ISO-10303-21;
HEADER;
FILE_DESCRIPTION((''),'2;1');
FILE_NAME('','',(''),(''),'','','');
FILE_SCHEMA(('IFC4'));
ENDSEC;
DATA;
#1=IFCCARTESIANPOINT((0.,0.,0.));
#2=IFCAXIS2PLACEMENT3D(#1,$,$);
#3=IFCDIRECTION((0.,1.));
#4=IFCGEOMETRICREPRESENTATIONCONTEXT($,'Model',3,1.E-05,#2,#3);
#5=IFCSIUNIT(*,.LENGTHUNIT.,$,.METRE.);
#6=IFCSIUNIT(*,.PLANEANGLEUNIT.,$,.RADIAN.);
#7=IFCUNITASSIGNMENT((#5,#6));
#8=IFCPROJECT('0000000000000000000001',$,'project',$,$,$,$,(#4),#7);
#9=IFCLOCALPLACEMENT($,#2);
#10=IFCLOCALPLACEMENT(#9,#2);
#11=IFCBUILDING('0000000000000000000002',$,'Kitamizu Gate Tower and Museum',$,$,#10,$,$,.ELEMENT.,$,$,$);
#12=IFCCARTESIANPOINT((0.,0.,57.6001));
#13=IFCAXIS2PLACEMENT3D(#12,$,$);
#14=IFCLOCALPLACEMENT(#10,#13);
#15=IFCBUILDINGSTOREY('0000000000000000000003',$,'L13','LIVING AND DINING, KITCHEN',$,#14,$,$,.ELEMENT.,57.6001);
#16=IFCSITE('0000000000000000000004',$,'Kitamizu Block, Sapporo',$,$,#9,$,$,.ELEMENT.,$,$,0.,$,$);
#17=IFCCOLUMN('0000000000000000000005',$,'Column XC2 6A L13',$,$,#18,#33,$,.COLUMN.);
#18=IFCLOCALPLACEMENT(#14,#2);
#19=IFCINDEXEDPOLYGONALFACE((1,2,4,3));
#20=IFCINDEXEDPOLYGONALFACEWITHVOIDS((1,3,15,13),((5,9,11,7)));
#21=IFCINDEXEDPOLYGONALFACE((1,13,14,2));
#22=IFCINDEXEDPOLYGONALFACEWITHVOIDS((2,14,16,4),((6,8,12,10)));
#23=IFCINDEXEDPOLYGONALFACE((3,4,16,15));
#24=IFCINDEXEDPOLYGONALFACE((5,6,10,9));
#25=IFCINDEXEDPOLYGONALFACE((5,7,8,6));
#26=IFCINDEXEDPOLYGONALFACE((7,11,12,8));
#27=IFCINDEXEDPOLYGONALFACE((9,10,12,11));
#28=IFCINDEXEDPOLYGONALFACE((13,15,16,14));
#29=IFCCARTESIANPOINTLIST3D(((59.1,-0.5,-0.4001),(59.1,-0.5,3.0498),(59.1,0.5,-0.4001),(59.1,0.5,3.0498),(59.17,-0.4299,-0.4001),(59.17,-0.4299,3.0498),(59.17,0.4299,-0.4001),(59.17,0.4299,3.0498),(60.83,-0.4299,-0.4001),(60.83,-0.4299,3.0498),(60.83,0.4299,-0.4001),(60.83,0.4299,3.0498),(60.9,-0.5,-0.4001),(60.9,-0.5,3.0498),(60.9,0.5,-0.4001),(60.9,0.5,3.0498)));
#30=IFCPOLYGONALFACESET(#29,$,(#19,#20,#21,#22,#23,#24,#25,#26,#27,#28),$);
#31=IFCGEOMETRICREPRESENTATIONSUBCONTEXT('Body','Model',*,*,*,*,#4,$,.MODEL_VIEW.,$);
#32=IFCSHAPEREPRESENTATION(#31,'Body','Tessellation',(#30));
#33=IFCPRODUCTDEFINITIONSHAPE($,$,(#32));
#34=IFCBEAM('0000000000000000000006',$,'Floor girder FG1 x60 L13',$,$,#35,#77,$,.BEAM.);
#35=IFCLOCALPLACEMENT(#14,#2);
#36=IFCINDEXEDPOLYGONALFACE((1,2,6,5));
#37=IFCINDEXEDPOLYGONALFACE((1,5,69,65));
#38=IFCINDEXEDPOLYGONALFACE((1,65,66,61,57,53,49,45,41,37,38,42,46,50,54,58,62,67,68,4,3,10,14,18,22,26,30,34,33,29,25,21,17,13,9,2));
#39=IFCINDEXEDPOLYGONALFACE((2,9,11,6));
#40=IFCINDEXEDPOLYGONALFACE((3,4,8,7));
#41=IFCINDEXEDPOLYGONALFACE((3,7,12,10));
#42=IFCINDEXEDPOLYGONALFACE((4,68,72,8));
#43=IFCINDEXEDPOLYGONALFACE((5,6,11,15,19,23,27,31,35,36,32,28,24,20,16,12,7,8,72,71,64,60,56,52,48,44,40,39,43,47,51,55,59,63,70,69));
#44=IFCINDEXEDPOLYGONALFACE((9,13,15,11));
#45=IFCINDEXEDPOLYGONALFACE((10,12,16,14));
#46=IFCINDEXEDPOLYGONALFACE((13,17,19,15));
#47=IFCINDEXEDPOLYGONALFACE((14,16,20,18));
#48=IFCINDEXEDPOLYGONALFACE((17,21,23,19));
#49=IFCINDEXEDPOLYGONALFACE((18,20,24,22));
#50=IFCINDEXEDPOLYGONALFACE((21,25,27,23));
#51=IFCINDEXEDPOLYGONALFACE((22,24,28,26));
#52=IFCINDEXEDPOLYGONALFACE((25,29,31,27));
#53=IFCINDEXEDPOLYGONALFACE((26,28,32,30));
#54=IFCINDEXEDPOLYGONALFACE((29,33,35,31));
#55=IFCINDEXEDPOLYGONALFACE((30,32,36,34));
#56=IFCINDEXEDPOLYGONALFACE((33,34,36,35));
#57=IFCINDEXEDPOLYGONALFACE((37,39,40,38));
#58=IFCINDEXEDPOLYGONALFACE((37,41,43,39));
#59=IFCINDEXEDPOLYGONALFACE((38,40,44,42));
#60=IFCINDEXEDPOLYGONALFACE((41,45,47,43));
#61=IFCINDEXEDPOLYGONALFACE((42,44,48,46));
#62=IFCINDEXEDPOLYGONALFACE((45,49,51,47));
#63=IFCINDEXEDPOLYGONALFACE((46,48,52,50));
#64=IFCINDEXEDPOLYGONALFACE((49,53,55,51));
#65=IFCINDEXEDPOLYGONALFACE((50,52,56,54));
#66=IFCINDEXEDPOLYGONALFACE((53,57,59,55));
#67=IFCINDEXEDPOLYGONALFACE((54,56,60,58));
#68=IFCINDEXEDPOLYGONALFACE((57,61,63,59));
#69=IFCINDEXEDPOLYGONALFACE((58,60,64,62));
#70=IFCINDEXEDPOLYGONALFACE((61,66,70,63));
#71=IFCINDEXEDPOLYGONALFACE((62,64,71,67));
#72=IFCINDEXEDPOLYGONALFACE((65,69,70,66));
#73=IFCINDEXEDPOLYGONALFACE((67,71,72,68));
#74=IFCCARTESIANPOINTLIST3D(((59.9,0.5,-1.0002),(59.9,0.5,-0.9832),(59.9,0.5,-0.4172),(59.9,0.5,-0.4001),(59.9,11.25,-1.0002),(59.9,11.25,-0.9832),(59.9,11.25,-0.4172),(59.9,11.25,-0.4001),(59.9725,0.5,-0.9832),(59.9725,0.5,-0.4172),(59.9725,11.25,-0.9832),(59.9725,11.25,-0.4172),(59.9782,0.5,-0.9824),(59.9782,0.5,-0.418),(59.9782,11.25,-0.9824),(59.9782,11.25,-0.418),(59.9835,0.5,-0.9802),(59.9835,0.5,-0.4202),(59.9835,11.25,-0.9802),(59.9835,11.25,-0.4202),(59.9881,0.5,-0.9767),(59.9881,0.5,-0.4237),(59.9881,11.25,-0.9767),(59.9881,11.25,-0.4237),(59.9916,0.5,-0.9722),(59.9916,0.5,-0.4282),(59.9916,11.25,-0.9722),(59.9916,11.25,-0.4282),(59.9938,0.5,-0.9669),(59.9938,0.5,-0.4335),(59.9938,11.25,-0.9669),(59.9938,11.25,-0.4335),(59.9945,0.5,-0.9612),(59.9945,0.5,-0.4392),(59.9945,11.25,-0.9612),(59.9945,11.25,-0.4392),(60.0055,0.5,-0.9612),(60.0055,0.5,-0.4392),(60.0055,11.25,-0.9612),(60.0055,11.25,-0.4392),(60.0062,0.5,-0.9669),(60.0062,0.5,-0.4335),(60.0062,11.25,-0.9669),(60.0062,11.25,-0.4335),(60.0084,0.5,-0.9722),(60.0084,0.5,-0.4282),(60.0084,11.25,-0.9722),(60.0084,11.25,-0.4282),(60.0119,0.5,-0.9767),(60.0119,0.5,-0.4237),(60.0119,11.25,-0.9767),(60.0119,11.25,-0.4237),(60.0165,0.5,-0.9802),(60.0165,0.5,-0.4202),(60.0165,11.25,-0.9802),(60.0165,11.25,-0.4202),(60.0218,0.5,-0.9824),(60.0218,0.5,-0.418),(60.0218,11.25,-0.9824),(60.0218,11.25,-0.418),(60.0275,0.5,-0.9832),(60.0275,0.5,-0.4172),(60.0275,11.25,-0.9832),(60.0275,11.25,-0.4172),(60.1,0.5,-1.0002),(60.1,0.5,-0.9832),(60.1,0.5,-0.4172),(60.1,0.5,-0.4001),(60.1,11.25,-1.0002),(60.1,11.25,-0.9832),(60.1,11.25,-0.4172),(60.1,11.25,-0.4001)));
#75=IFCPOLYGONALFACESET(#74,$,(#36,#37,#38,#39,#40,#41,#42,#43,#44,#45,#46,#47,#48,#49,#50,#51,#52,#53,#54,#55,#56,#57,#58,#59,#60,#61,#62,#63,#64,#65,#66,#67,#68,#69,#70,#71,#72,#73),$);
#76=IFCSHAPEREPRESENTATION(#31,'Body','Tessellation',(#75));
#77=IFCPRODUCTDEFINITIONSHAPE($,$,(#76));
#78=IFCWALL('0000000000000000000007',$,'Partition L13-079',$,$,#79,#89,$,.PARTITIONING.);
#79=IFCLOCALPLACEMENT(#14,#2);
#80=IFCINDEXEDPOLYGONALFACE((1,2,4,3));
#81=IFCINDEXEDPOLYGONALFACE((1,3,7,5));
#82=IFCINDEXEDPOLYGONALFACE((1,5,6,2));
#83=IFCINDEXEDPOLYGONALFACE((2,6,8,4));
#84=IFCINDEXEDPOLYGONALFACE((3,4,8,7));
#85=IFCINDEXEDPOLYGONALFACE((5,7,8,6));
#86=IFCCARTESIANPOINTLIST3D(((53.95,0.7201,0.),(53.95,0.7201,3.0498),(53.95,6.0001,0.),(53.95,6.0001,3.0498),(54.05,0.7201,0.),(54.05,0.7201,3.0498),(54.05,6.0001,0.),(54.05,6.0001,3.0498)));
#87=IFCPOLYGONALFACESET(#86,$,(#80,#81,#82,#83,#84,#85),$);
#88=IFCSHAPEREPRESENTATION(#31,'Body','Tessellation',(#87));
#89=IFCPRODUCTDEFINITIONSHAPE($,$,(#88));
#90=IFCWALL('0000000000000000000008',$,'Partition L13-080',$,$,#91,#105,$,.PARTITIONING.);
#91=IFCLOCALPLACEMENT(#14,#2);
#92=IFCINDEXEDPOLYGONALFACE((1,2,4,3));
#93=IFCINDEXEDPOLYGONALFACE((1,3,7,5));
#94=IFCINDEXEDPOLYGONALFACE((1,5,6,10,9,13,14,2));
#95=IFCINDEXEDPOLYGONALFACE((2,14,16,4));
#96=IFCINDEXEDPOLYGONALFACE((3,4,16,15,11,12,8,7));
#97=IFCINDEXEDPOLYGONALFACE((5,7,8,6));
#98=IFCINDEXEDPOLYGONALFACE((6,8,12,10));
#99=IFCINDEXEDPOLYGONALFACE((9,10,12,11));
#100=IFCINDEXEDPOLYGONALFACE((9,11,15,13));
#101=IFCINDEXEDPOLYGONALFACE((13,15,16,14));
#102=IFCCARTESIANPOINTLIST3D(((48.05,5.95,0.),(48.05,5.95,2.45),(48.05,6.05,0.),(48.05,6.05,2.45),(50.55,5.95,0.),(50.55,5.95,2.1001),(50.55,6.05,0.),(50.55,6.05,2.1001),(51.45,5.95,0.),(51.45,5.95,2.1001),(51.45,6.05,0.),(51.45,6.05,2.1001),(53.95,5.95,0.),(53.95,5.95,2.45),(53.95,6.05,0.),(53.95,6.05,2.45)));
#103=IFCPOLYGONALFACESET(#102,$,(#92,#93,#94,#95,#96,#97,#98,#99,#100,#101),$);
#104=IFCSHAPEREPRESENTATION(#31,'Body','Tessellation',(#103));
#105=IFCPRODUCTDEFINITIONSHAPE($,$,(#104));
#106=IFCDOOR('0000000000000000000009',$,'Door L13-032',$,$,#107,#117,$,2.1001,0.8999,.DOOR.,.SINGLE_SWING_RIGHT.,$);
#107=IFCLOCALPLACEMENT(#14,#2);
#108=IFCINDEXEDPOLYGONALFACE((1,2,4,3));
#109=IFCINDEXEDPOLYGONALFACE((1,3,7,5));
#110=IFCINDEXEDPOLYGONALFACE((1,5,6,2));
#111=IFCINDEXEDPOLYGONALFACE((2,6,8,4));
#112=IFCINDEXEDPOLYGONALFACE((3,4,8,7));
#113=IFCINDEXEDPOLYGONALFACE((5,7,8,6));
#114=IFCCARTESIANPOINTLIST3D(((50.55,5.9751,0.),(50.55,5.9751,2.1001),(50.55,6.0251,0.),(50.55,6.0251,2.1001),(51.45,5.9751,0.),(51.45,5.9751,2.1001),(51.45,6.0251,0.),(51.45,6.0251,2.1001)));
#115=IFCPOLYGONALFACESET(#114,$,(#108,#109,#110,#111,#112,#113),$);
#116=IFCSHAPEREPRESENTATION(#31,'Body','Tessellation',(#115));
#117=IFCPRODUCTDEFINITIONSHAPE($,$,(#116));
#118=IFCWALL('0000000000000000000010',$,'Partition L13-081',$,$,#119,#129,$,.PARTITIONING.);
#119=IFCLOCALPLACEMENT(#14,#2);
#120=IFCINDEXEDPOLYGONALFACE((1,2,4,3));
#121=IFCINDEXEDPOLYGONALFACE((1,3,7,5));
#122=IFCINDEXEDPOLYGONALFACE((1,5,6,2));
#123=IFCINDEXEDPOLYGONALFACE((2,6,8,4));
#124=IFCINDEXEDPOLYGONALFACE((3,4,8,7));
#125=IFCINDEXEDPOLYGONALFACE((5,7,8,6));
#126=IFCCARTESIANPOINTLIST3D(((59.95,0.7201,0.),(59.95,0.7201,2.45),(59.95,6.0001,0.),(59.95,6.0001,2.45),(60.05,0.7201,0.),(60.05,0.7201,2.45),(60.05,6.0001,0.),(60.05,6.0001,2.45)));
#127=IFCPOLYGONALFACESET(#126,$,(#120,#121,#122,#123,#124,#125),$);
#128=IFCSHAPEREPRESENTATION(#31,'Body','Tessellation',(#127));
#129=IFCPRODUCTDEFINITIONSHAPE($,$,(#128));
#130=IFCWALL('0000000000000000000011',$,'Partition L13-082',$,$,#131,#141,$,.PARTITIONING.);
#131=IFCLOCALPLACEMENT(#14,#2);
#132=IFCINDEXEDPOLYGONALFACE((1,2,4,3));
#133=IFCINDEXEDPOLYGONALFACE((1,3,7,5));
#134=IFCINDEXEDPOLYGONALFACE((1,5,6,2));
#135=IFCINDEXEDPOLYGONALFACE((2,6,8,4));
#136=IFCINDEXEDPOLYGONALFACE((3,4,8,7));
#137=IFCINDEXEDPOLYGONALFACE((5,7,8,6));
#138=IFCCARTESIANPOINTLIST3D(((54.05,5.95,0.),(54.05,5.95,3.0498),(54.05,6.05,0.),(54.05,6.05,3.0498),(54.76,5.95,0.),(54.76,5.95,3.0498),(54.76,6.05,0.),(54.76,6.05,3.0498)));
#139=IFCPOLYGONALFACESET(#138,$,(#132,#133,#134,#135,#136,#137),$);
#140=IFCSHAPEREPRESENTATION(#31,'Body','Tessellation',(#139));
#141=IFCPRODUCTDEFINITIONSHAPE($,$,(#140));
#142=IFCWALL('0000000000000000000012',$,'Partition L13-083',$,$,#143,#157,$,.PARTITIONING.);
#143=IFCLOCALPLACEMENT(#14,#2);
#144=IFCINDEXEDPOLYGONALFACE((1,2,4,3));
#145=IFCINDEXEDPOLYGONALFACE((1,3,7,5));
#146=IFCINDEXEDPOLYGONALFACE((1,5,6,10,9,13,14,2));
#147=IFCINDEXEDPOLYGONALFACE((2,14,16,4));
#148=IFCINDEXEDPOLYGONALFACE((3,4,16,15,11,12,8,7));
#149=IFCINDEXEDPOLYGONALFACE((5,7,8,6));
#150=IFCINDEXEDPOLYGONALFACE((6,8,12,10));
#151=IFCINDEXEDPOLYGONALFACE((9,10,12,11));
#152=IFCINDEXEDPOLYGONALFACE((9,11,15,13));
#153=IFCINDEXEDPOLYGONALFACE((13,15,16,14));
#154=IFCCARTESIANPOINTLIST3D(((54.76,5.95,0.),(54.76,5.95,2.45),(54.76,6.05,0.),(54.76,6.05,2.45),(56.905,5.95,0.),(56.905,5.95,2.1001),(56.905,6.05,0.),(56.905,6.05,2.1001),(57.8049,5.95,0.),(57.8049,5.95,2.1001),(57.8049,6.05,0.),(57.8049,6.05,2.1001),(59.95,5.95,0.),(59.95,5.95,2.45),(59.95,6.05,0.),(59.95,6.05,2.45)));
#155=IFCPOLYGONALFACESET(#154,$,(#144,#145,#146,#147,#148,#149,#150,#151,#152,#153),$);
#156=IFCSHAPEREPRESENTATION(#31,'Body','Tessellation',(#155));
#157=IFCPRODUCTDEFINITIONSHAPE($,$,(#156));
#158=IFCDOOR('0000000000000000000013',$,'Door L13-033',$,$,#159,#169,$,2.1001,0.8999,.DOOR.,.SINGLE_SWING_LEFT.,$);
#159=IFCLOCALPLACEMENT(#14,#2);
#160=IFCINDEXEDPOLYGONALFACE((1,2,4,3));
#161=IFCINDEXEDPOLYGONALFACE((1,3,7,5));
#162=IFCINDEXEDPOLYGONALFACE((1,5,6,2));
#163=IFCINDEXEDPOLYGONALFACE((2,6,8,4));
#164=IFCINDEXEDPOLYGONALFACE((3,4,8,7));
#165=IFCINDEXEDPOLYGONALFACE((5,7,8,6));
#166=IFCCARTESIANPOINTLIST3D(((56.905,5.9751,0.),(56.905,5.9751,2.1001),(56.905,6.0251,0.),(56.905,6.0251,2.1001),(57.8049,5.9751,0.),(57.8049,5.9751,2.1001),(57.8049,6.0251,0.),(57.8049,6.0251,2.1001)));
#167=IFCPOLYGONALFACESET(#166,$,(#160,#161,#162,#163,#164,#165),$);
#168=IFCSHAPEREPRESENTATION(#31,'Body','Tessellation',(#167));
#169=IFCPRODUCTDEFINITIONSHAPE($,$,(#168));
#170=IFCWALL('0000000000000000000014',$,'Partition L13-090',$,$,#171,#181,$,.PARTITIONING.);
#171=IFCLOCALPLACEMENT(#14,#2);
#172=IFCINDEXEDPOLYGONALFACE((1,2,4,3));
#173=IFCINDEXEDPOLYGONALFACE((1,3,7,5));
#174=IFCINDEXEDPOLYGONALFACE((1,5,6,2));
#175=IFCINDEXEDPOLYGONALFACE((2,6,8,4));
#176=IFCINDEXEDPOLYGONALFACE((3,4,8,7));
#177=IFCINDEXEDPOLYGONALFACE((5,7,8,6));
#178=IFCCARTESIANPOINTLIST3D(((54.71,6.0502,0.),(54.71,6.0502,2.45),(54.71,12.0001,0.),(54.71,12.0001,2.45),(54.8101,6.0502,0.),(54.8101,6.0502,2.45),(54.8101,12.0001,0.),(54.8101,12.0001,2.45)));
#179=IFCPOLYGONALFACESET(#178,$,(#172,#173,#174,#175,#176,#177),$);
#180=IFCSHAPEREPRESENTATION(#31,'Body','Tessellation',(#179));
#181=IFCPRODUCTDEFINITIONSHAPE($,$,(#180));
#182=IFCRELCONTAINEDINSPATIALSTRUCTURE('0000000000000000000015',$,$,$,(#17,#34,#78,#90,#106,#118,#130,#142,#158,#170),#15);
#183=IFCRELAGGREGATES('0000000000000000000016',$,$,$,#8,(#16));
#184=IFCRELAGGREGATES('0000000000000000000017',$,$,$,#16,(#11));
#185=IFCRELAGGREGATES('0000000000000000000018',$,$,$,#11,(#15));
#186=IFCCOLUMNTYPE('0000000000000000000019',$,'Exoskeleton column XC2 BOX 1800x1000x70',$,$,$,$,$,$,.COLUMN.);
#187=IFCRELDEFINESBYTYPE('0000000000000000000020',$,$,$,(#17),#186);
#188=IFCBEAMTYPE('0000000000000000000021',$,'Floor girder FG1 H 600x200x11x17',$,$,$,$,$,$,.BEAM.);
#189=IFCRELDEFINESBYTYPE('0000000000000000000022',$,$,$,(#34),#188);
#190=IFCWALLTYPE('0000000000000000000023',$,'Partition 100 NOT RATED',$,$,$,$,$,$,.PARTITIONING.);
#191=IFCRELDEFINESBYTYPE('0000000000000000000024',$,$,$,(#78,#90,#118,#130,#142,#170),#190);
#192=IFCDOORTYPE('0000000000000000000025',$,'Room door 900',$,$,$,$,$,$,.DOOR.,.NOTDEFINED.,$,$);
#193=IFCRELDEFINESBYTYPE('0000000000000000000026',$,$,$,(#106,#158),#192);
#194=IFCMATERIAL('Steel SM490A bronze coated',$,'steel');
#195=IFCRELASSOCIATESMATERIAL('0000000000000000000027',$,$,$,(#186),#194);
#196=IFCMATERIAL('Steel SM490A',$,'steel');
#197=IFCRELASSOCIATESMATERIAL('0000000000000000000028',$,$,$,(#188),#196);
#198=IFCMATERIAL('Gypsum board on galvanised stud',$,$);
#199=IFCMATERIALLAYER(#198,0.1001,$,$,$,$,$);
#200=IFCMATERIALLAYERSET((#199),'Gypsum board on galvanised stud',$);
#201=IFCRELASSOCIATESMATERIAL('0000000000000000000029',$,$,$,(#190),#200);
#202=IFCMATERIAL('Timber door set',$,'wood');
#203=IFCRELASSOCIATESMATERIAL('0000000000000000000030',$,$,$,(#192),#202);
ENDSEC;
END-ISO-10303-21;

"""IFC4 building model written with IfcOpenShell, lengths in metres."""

from ifc_helpers import new_model, si_unit, direction, frame, frame_2d, origin, origin_2d, place, context, subcontext, project, spatial, rectangle, hollow_rectangle, i_section, extrude, material, layer, layer_set, material_profile, profile_set, type_object, element, fill, save


model = new_model("IFC4")

# Units and contexts
model_context = context("Model", 3, precision=1e-05, world=origin(), true_north=direction((0.0, 1.0)))
body_context = subcontext(model_context, "Body", "Model", "MODEL_VIEW")
ifc_project = project(units=[si_unit("LENGTHUNIT", "METRE"), si_unit("PLANEANGLEUNIT", "RADIAN")], contexts=[model_context])

# Site, building, storey
site_placement = place(None, origin())
site = spatial("IfcSite", under=ifc_project, at=site_placement, Name="Kitamizu Block, Sapporo", CompositionType="ELEMENT", RefElevation=0.0)
building_placement = place(site_placement, origin())
building = spatial("IfcBuilding", under=site, at=building_placement, Name="Kitamizu Gate Tower and Museum", CompositionType="ELEMENT")
storey_placement = place(building_placement, frame((0.0, 0.0, 57.6001)))
storey = spatial("IfcBuildingStorey", under=building, at=storey_placement, Name="L13", Description="LIVING AND DINING, KITCHEN", CompositionType="ELEMENT", Elevation=57.6001)

# Column
ifc_material_1 = material(Name="Steel SM490A bronze coated", Category="steel")
ifc_material_profile_1 = material_profile(ifc_material_1, hollow_rectangle(XDim=1.8, YDim=1.0, WallThickness=0.0701, at=origin_2d()), Name="BOX 1800x1000x70")
ifc_profile_set_1 = profile_set([ifc_material_profile_1], Name="Steel SM490A bronze coated")
column_type = type_object("IfcColumnType", Name="Exoskeleton column XC2 BOX 1800x1000x70", PredefinedType="COLUMN", material=ifc_profile_set_1)
column_placement = place(storey_placement, frame((60.0, 0.0, -0.4001), z_axis=(0.0, 0.0, 1.0), x_axis=(1.0, 0.0, 0.0)))
element("IfcColumn", 1, at=column_placement, inside=storey, type_object=column_type, Name="Column XC2 6A L13", PredefinedType="COLUMN", context=body_context, shape_type="SweptSolid", body=[
    extrude(hollow_rectangle(XDim=1.8, YDim=1.0, WallThickness=0.0701, at=origin_2d()), origin(), (0.0, 0.0, 1.0), 3.45),
])

# Beam
ifc_material_2 = material(Name="Steel SM490A", Category="steel")
ifc_material_profile_2 = material_profile(ifc_material_2, i_section(OverallWidth=0.2, OverallDepth=0.6001, WebThickness=0.011, FlangeThickness=0.0171, FilletRadius=0.022, at=origin_2d()), Name="H-600x200x11x17")
ifc_profile_set_2 = profile_set([ifc_material_profile_2], Name="Steel SM490A")
beam_type = type_object("IfcBeamType", Name="Floor girder FG1 H 600x200x11x17", PredefinedType="BEAM", material=ifc_profile_set_2)
beam_placement = place(storey_placement, frame((60.0, 0.5, -0.7002), z_axis=(0.0, 1.0, 0.0), x_axis=(-1.0, 0.0, 0.0)))
element("IfcBeam", 2, at=beam_placement, inside=storey, type_object=beam_type, Name="Floor girder FG1 x60 L13", PredefinedType="BEAM", context=body_context, shape_type="SweptSolid", body=[
    extrude(i_section(OverallWidth=0.2, OverallDepth=0.6001, WebThickness=0.011, FlangeThickness=0.0171, FilletRadius=0.022, at=origin_2d()), origin(), (0.0, 0.0, 1.0), 10.75),
])

# Wall
ifc_material_3 = material(Name="Gypsum board on galvanised stud")
ifc_layer = layer(ifc_material_3, 0.1001)
ifc_layer_set = layer_set([ifc_layer], Name="Gypsum board on galvanised stud")
wall_type = type_object("IfcWallType", Name="Partition 100 NOT RATED", PredefinedType="PARTITIONING", material=ifc_layer_set)
wall_1_placement = place(storey_placement, frame((54.0, 0.72, 0.0), z_axis=(0.0, 0.0, 1.0), x_axis=(0.0, 1.0, 0.0)))
element("IfcWall", 3, at=wall_1_placement, inside=storey, type_object=wall_type, Name="Partition L13-079", PredefinedType="PARTITIONING", context=body_context, shape_type="SweptSolid", body=[
    extrude(rectangle(XDim=5.28, YDim=0.1001, at=frame_2d((2.6401, 0.0))), origin(), (0.0, 0.0, 1.0), 3.0498),
])

# Wall, opening, door
wall_2_placement = place(storey_placement, frame((53.95, 6.0, 0.0), z_axis=(0.0, 0.0, 1.0), x_axis=(-1.0, 0.0, 0.0)))
wall_2 = element("IfcWall", 4, at=wall_2_placement, inside=storey, type_object=wall_type, Name="Partition L13-080", PredefinedType="PARTITIONING", context=body_context, shape_type="SweptSolid", body=[
    extrude(rectangle(XDim=5.8999, YDim=0.1001, at=frame_2d((2.95, 0.0))), origin(), (0.0, 0.0, 1.0), 2.45),
])
opening_1_placement = place(wall_2_placement, frame((2.5, 0.0, 0.0)))
opening_1 = element("IfcOpeningElement", 5, at=opening_1_placement, cuts=wall_2, PredefinedType="OPENING", context=body_context, shape_type="SweptSolid", body=[
    extrude(rectangle(XDim=0.8999, YDim=2.1001, at=frame_2d((0.45, 1.05))), frame((0.0, 0.0601, 0.0), z_axis=(0.0, -1.0, 0.0), x_axis=(1.0, 0.0, 0.0)), (0.0, 0.0, 1.0), 0.1201),
])
ifc_material_4 = material(Name="Timber door set", Category="wood")
door_type = type_object("IfcDoorType", Name="Room door 900", OperationType="NOTDEFINED", PredefinedType="DOOR", material=ifc_material_4)
door_1_placement = place(opening_1_placement, origin())
door_1 = element("IfcDoor", 6, at=door_1_placement, inside=storey, type_object=door_type, Name="Door L13-032", OperationType="SINGLE_SWING_RIGHT", OverallHeight=2.1001, OverallWidth=0.8999, PredefinedType="DOOR", context=body_context, shape_type="SweptSolid", body=[
    extrude(rectangle(XDim=0.8999, YDim=2.1001, at=frame_2d((0.45, 1.05))), frame((0.0, 0.0249, 0.0), z_axis=(0.0, -1.0, 0.0), x_axis=(1.0, 0.0, 0.0)), (0.0, 0.0, 1.0), 0.05),
])
fill(opening_1, door_1)

# Walls
wall_3_placement = place(storey_placement, frame((60.0, 0.72, 0.0), z_axis=(0.0, 0.0, 1.0), x_axis=(0.0, 1.0, 0.0)))
element("IfcWall", 7, at=wall_3_placement, inside=storey, type_object=wall_type, Name="Partition L13-081", PredefinedType="PARTITIONING", context=body_context, shape_type="SweptSolid", body=[
    extrude(rectangle(XDim=5.28, YDim=0.1001, at=frame_2d((2.6401, 0.0))), origin(), (0.0, 0.0, 1.0), 2.45),
])
wall_4_placement = place(storey_placement, frame((54.76, 6.0, 0.0), z_axis=(0.0, 0.0, 1.0), x_axis=(-1.0, 0.0, 0.0)))
element("IfcWall", 8, at=wall_4_placement, inside=storey, type_object=wall_type, Name="Partition L13-082", PredefinedType="PARTITIONING", context=body_context, shape_type="SweptSolid", body=[
    extrude(rectangle(XDim=0.71, YDim=0.1001, at=frame_2d((0.355, 0.0))), origin(), (0.0, 0.0, 1.0), 3.0498),
])

# Wall, opening, door
wall_5_placement = place(storey_placement, frame((59.95, 6.0, 0.0), z_axis=(0.0, 0.0, 1.0), x_axis=(-1.0, 0.0, 0.0)))
wall_5 = element("IfcWall", 9, at=wall_5_placement, inside=storey, type_object=wall_type, Name="Partition L13-083", PredefinedType="PARTITIONING", context=body_context, shape_type="SweptSolid", body=[
    extrude(rectangle(XDim=5.1899, YDim=0.1001, at=frame_2d((2.595, 0.0))), origin(), (0.0, 0.0, 1.0), 2.45),
])
opening_2_placement = place(wall_5_placement, frame((2.145, 0.0, 0.0)))
opening_2 = element("IfcOpeningElement", 10, at=opening_2_placement, cuts=wall_5, PredefinedType="OPENING", context=body_context, shape_type="SweptSolid", body=[
    extrude(rectangle(XDim=0.8999, YDim=2.1001, at=frame_2d((0.45, 1.05))), frame((0.0, 0.0601, 0.0), z_axis=(0.0, -1.0, 0.0), x_axis=(1.0, 0.0, 0.0)), (0.0, 0.0, 1.0), 0.1201),
])
door_2_placement = place(opening_2_placement, origin())
door_2 = element("IfcDoor", 11, at=door_2_placement, inside=storey, type_object=door_type, Name="Door L13-033", OperationType="SINGLE_SWING_LEFT", OverallHeight=2.1001, OverallWidth=0.8999, PredefinedType="DOOR", context=body_context, shape_type="SweptSolid", body=[
    extrude(rectangle(XDim=0.8999, YDim=2.1001, at=frame_2d((0.45, 1.05))), frame((0.0, 0.0249, 0.0), z_axis=(0.0, -1.0, 0.0), x_axis=(1.0, 0.0, 0.0)), (0.0, 0.0, 1.0), 0.05),
])
fill(opening_2, door_2)

# Wall
wall_6_placement = place(storey_placement, frame((54.76, 6.05, 0.0), z_axis=(0.0, 0.0, 1.0), x_axis=(0.0, 1.0, 0.0)))
element("IfcWall", 12, at=wall_6_placement, inside=storey, type_object=wall_type, Name="Partition L13-090", PredefinedType="PARTITIONING", context=body_context, shape_type="SweptSolid", body=[
    extrude(rectangle(XDim=5.95, YDim=0.1001, at=frame_2d((2.9751, 0.0))), origin(), (0.0, 0.0, 1.0), 2.45),
])

save(model, "model.ifc")
